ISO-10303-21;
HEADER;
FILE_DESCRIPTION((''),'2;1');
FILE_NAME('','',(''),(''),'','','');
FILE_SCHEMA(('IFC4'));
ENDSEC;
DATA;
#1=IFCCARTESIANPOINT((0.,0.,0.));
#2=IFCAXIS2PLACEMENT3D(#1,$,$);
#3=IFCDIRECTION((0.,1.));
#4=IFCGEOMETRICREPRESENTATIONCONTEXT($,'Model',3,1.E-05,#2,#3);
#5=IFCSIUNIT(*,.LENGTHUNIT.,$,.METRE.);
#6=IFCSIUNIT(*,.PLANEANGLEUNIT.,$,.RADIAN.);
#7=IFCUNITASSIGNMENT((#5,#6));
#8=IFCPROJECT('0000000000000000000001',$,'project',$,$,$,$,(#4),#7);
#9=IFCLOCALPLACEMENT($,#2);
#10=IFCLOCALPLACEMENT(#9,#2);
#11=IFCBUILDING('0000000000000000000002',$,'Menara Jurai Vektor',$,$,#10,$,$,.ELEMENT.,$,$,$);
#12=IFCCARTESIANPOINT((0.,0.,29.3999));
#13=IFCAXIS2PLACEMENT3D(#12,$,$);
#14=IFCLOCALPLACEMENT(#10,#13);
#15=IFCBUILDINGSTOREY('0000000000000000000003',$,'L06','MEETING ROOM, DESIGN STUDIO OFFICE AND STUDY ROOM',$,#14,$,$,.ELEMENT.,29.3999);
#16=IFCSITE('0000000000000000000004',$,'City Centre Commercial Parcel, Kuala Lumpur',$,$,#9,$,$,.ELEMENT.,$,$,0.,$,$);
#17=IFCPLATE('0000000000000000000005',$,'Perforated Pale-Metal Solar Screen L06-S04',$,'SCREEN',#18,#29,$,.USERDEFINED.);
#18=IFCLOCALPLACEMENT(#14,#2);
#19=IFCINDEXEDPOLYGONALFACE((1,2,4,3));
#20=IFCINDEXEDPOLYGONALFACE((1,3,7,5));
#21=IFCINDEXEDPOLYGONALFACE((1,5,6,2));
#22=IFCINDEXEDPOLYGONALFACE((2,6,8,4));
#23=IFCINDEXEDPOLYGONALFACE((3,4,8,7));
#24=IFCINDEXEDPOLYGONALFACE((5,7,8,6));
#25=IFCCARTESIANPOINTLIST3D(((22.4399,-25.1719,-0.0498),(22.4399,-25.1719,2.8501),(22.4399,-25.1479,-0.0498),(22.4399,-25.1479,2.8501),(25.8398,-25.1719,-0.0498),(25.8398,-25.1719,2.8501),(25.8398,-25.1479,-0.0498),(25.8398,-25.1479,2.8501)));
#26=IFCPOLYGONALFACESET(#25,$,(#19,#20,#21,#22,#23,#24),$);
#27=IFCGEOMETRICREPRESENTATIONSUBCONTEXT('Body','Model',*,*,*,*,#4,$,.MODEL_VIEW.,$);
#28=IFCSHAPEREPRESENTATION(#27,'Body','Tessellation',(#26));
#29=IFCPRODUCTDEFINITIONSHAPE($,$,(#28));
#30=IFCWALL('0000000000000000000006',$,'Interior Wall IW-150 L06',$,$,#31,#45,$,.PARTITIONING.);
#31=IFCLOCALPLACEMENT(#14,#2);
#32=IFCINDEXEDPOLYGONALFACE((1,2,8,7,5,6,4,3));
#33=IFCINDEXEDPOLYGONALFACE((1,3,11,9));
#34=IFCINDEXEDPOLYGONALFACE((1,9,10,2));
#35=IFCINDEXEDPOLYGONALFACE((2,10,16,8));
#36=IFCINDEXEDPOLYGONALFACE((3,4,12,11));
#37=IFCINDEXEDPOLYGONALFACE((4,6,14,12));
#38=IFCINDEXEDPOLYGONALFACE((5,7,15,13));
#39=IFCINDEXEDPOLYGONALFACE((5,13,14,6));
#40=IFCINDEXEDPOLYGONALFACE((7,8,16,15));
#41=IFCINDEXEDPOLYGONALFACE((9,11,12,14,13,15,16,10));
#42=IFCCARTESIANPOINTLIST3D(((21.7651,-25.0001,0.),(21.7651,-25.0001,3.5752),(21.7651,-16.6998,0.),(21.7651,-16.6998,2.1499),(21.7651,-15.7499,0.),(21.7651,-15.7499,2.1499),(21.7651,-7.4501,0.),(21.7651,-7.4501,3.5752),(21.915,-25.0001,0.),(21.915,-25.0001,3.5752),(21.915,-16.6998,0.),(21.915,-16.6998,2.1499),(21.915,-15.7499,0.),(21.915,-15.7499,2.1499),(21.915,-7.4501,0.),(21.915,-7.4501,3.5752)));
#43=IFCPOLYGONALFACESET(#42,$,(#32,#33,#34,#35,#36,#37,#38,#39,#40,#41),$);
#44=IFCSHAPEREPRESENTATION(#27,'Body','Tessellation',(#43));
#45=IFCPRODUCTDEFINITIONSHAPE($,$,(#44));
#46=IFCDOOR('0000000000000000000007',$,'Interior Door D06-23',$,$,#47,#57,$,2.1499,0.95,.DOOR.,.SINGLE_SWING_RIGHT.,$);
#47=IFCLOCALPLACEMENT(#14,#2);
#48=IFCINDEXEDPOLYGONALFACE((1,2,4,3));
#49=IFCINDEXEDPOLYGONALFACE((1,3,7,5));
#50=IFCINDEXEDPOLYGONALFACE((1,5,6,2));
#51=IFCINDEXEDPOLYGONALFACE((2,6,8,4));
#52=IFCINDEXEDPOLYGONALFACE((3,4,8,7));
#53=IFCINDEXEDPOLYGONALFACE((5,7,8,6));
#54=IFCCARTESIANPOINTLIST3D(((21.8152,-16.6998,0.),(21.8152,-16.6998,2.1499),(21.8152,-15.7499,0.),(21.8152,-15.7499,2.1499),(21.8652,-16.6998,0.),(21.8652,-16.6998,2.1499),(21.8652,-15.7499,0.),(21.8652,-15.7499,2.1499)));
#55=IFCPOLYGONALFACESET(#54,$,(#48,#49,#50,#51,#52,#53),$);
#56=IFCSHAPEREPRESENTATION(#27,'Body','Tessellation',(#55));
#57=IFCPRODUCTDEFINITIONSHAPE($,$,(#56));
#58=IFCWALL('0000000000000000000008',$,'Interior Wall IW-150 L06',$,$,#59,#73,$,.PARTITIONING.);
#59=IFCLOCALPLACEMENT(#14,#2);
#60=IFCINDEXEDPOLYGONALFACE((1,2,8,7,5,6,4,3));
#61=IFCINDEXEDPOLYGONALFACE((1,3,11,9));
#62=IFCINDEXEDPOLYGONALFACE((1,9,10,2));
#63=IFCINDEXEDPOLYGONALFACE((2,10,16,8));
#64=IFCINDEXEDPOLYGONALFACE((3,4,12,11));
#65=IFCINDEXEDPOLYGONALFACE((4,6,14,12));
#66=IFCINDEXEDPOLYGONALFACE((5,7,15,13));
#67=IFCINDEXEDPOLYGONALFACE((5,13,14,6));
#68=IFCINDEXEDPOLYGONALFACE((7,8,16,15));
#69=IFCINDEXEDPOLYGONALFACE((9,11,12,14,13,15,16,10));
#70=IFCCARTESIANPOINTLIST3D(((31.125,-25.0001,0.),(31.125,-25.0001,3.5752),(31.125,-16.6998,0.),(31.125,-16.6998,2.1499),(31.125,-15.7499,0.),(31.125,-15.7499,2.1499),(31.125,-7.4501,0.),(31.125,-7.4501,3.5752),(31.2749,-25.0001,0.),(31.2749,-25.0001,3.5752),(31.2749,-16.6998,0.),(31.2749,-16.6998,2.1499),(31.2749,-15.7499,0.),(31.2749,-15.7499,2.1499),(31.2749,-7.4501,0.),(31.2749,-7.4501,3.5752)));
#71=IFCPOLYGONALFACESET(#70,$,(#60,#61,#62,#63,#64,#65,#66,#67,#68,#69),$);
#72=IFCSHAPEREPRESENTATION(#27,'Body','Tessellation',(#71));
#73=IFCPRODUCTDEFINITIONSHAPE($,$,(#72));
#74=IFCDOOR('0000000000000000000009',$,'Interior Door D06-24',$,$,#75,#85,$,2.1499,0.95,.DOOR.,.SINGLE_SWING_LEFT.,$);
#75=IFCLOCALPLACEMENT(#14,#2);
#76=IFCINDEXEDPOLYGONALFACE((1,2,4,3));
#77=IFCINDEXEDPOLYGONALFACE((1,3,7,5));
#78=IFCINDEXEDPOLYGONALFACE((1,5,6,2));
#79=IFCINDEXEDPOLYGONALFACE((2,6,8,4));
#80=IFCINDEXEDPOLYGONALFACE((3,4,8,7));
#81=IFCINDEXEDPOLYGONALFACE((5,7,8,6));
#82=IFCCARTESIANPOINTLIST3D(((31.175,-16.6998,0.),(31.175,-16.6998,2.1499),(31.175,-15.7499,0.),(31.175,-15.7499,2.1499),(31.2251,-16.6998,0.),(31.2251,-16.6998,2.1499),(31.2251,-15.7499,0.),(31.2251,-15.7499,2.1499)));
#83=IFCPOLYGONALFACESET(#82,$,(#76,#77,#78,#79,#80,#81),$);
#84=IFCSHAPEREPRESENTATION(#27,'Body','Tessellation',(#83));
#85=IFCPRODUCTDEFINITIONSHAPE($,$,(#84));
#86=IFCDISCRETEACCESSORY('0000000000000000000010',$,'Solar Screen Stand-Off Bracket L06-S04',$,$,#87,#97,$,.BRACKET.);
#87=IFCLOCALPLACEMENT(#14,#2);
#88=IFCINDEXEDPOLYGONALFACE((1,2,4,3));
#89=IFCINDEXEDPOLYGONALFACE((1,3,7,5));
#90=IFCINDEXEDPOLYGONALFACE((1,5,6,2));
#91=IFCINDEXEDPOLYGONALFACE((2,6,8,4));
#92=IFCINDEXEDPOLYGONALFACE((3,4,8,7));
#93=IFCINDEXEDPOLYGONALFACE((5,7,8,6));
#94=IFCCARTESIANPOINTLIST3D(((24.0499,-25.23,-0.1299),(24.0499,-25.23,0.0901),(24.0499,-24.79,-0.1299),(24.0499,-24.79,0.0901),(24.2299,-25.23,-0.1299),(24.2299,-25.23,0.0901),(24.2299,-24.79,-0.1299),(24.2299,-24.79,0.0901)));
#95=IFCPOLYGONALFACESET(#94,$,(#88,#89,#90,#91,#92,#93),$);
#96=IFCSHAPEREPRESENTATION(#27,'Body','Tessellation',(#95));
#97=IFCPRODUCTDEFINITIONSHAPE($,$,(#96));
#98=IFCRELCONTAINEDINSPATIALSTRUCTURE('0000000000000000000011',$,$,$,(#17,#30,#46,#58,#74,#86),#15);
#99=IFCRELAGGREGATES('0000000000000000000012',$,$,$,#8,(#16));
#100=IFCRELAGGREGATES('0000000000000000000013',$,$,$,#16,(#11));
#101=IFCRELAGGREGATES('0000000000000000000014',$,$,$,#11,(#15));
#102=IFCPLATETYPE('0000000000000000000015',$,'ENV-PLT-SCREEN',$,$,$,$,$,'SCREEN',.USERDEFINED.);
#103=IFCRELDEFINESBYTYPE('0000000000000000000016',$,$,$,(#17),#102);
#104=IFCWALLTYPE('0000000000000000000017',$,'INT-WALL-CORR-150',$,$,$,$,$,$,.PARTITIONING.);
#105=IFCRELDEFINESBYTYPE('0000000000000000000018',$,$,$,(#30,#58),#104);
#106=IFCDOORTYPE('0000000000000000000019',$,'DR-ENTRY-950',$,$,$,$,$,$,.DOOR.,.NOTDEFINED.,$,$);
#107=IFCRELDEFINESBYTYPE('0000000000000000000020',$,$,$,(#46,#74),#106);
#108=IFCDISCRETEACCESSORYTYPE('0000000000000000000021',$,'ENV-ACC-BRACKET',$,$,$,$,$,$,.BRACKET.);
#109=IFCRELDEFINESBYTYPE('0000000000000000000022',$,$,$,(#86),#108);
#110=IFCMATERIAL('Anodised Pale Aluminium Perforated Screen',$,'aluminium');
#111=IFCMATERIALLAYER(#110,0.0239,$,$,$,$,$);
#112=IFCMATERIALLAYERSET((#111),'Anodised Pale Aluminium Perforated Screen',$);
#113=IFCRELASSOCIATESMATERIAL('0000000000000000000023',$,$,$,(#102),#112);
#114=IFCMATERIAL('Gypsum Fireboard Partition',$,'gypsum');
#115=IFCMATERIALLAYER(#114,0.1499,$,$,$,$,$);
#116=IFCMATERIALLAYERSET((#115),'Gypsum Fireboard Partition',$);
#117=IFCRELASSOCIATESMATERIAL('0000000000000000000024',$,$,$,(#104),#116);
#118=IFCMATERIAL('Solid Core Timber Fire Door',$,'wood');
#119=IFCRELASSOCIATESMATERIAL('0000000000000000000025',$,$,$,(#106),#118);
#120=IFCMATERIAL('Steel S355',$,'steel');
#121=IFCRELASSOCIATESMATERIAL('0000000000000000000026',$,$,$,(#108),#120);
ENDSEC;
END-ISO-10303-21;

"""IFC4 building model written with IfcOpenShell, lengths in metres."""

from ifc_helpers import new_model, si_unit, direction, frame, frame_2d, origin, origin_2d, place, context, subcontext, project, spatial, rectangle, extrude, material, layer, layer_set, type_object, element, fill, save


model = new_model("IFC4")

# Units and contexts
model_context = context("Model", 3, precision=1e-05, world=origin(), true_north=direction((0.0, 1.0)))
body_context = subcontext(model_context, "Body", "Model", "MODEL_VIEW")
ifc_project = project(units=[si_unit("LENGTHUNIT", "METRE"), si_unit("PLANEANGLEUNIT", "RADIAN")], contexts=[model_context])

# Site, building, storey
site_placement = place(None, origin())
site = spatial("IfcSite", under=ifc_project, at=site_placement, Name="City Centre Commercial Parcel, Kuala Lumpur", CompositionType="ELEMENT", RefElevation=0.0)
building_placement = place(site_placement, origin())
building = spatial("IfcBuilding", under=site, at=building_placement, Name="Menara Jurai Vektor", CompositionType="ELEMENT")
storey_placement = place(building_placement, frame((0.0, 0.0, 29.3999)))
storey = spatial("IfcBuildingStorey", under=building, at=storey_placement, Name="L06", Description="MEETING ROOM, DESIGN STUDIO OFFICE AND STUDY ROOM", CompositionType="ELEMENT", Elevation=29.3999)

# Shared definitions
ifc_material_1 = material(Name="Steel S355", Category="steel")

# Plate
ifc_material_2 = material(Name="Anodised Pale Aluminium Perforated Screen", Category="aluminium")
ifc_layer_1 = layer(ifc_material_2, 0.0239)
ifc_layer_set_1 = layer_set([ifc_layer_1], Name="Anodised Pale Aluminium Perforated Screen")
plate_type_1 = type_object("IfcPlateType", Name="ENV-PLT-SCREEN", ElementType="SCREEN", PredefinedType="USERDEFINED", material=ifc_layer_set_1)
plate_1_placement = place(storey_placement, frame((24.1399, -25.1599, -0.0498), z_axis=(0.0, 0.0, 1.0), x_axis=(1.0, 0.0, 0.0)))
element("IfcPlate", 1, at=plate_1_placement, inside=storey, type_object=plate_type_1, Name="Perforated Pale-Metal Solar Screen L06-S04", ObjectType="SCREEN", PredefinedType="USERDEFINED", context=body_context, shape_type="SweptSolid", body=[
    extrude(rectangle(XDim=3.3999, YDim=0.0239, at=origin_2d()), origin(), (0.0, 0.0, 1.0), 2.8999),
])

# Walls, openings, doors
ifc_material_3 = material(Name="Gypsum Fireboard Partition", Category="gypsum")
ifc_layer_2 = layer(ifc_material_3, 0.1499)
ifc_layer_set_2 = layer_set([ifc_layer_2], Name="Gypsum Fireboard Partition")
wall_type = type_object("IfcWallType", Name="INT-WALL-CORR-150", PredefinedType="PARTITIONING", material=ifc_layer_set_2)
wall_1_placement = place(storey_placement, frame((21.8401, -25.0, 0.0), z_axis=(0.0, 0.0, 1.0), x_axis=(0.0, 1.0, 0.0)))
wall_1 = element("IfcWall", 2, at=wall_1_placement, inside=storey, type_object=wall_type, Name="Interior Wall IW-150 L06", PredefinedType="PARTITIONING", context=body_context, shape_type="SweptSolid", body=[
    extrude(rectangle(XDim=17.55, YDim=0.1499, at=frame_2d((8.7749, 0.0))), origin(), (0.0, 0.0, 1.0), 3.5752),
])
opening_1_placement = place(wall_1_placement, frame((8.3, 0.0, 0.0)))
opening_1 = element("IfcOpeningElement", 3, at=opening_1_placement, cuts=wall_1, PredefinedType="OPENING", context=body_context, shape_type="SweptSolid", body=[
    extrude(rectangle(XDim=0.95, YDim=2.1499, at=frame_2d((0.4751, 1.075))), frame((0.0, 0.085, 0.0), z_axis=(0.0, -1.0, 0.0), x_axis=(1.0, 0.0, 0.0)), (0.0, 0.0, 1.0), 0.1699),
])
ifc_material_4 = material(Name="Solid Core Timber Fire Door", Category="wood")
door_type = type_object("IfcDoorType", Name="DR-ENTRY-950", OperationType="NOTDEFINED", PredefinedType="DOOR", material=ifc_material_4)
door_1_placement = place(opening_1_placement, origin())
door_1 = element("IfcDoor", 4, at=door_1_placement, inside=storey, type_object=door_type, Name="Interior Door D06-23", OperationType="SINGLE_SWING_RIGHT", OverallHeight=2.1499, OverallWidth=0.95, PredefinedType="DOOR", context=body_context, shape_type="SweptSolid", body=[
    extrude(rectangle(XDim=0.95, YDim=2.1499, at=frame_2d((0.4751, 1.075))), frame((0.0, 0.0249, 0.0), z_axis=(0.0, -1.0, 0.0), x_axis=(1.0, 0.0, 0.0)), (0.0, 0.0, 1.0), 0.05),
])
fill(opening_1, door_1)
wall_2_placement = place(storey_placement, frame((31.2, -25.0, 0.0), z_axis=(0.0, 0.0, 1.0), x_axis=(0.0, 1.0, 0.0)))
wall_2 = element("IfcWall", 5, at=wall_2_placement, inside=storey, type_object=wall_type, Name="Interior Wall IW-150 L06", PredefinedType="PARTITIONING", context=body_context, shape_type="SweptSolid", body=[
    extrude(rectangle(XDim=17.55, YDim=0.1499, at=frame_2d((8.7749, 0.0))), origin(), (0.0, 0.0, 1.0), 3.5752),
])
opening_2_placement = place(wall_2_placement, frame((8.3, 0.0, 0.0)))
opening_2 = element("IfcOpeningElement", 6, at=opening_2_placement, cuts=wall_2, PredefinedType="OPENING", context=body_context, shape_type="SweptSolid", body=[
    extrude(rectangle(XDim=0.95, YDim=2.1499, at=frame_2d((0.4751, 1.075))), frame((0.0, 0.085, 0.0), z_axis=(0.0, -1.0, 0.0), x_axis=(1.0, 0.0, 0.0)), (0.0, 0.0, 1.0), 0.1699),
])
door_2_placement = place(opening_2_placement, origin())
door_2 = element("IfcDoor", 7, at=door_2_placement, inside=storey, type_object=door_type, Name="Interior Door D06-24", OperationType="SINGLE_SWING_LEFT", OverallHeight=2.1499, OverallWidth=0.95, PredefinedType="DOOR", context=body_context, shape_type="SweptSolid", body=[
    extrude(rectangle(XDim=0.95, YDim=2.1499, at=frame_2d((0.4751, 1.075))), frame((0.0, 0.0249, 0.0), z_axis=(0.0, -1.0, 0.0), x_axis=(1.0, 0.0, 0.0)), (0.0, 0.0, 1.0), 0.05),
])
fill(opening_2, door_2)

# Discrete accessory
discrete_accessory_type = type_object("IfcDiscreteAccessoryType", Name="ENV-ACC-BRACKET", PredefinedType="BRACKET", material=ifc_material_1)
discrete_accessory_placement = place(storey_placement, frame((24.1399, -25.01, -0.1299), z_axis=(0.0, 0.0, 1.0), x_axis=(1.0, 0.0, 0.0)))
element("IfcDiscreteAccessory", 8, at=discrete_accessory_placement, inside=storey, type_object=discrete_accessory_type, Name="Solar Screen Stand-Off Bracket L06-S04", PredefinedType="BRACKET", context=body_context, shape_type="SweptSolid", body=[
    extrude(rectangle(XDim=0.1799, YDim=0.4399, at=origin_2d()), origin(), (0.0, 0.0, 1.0), 0.22),
])

save(model, "model.ifc")
